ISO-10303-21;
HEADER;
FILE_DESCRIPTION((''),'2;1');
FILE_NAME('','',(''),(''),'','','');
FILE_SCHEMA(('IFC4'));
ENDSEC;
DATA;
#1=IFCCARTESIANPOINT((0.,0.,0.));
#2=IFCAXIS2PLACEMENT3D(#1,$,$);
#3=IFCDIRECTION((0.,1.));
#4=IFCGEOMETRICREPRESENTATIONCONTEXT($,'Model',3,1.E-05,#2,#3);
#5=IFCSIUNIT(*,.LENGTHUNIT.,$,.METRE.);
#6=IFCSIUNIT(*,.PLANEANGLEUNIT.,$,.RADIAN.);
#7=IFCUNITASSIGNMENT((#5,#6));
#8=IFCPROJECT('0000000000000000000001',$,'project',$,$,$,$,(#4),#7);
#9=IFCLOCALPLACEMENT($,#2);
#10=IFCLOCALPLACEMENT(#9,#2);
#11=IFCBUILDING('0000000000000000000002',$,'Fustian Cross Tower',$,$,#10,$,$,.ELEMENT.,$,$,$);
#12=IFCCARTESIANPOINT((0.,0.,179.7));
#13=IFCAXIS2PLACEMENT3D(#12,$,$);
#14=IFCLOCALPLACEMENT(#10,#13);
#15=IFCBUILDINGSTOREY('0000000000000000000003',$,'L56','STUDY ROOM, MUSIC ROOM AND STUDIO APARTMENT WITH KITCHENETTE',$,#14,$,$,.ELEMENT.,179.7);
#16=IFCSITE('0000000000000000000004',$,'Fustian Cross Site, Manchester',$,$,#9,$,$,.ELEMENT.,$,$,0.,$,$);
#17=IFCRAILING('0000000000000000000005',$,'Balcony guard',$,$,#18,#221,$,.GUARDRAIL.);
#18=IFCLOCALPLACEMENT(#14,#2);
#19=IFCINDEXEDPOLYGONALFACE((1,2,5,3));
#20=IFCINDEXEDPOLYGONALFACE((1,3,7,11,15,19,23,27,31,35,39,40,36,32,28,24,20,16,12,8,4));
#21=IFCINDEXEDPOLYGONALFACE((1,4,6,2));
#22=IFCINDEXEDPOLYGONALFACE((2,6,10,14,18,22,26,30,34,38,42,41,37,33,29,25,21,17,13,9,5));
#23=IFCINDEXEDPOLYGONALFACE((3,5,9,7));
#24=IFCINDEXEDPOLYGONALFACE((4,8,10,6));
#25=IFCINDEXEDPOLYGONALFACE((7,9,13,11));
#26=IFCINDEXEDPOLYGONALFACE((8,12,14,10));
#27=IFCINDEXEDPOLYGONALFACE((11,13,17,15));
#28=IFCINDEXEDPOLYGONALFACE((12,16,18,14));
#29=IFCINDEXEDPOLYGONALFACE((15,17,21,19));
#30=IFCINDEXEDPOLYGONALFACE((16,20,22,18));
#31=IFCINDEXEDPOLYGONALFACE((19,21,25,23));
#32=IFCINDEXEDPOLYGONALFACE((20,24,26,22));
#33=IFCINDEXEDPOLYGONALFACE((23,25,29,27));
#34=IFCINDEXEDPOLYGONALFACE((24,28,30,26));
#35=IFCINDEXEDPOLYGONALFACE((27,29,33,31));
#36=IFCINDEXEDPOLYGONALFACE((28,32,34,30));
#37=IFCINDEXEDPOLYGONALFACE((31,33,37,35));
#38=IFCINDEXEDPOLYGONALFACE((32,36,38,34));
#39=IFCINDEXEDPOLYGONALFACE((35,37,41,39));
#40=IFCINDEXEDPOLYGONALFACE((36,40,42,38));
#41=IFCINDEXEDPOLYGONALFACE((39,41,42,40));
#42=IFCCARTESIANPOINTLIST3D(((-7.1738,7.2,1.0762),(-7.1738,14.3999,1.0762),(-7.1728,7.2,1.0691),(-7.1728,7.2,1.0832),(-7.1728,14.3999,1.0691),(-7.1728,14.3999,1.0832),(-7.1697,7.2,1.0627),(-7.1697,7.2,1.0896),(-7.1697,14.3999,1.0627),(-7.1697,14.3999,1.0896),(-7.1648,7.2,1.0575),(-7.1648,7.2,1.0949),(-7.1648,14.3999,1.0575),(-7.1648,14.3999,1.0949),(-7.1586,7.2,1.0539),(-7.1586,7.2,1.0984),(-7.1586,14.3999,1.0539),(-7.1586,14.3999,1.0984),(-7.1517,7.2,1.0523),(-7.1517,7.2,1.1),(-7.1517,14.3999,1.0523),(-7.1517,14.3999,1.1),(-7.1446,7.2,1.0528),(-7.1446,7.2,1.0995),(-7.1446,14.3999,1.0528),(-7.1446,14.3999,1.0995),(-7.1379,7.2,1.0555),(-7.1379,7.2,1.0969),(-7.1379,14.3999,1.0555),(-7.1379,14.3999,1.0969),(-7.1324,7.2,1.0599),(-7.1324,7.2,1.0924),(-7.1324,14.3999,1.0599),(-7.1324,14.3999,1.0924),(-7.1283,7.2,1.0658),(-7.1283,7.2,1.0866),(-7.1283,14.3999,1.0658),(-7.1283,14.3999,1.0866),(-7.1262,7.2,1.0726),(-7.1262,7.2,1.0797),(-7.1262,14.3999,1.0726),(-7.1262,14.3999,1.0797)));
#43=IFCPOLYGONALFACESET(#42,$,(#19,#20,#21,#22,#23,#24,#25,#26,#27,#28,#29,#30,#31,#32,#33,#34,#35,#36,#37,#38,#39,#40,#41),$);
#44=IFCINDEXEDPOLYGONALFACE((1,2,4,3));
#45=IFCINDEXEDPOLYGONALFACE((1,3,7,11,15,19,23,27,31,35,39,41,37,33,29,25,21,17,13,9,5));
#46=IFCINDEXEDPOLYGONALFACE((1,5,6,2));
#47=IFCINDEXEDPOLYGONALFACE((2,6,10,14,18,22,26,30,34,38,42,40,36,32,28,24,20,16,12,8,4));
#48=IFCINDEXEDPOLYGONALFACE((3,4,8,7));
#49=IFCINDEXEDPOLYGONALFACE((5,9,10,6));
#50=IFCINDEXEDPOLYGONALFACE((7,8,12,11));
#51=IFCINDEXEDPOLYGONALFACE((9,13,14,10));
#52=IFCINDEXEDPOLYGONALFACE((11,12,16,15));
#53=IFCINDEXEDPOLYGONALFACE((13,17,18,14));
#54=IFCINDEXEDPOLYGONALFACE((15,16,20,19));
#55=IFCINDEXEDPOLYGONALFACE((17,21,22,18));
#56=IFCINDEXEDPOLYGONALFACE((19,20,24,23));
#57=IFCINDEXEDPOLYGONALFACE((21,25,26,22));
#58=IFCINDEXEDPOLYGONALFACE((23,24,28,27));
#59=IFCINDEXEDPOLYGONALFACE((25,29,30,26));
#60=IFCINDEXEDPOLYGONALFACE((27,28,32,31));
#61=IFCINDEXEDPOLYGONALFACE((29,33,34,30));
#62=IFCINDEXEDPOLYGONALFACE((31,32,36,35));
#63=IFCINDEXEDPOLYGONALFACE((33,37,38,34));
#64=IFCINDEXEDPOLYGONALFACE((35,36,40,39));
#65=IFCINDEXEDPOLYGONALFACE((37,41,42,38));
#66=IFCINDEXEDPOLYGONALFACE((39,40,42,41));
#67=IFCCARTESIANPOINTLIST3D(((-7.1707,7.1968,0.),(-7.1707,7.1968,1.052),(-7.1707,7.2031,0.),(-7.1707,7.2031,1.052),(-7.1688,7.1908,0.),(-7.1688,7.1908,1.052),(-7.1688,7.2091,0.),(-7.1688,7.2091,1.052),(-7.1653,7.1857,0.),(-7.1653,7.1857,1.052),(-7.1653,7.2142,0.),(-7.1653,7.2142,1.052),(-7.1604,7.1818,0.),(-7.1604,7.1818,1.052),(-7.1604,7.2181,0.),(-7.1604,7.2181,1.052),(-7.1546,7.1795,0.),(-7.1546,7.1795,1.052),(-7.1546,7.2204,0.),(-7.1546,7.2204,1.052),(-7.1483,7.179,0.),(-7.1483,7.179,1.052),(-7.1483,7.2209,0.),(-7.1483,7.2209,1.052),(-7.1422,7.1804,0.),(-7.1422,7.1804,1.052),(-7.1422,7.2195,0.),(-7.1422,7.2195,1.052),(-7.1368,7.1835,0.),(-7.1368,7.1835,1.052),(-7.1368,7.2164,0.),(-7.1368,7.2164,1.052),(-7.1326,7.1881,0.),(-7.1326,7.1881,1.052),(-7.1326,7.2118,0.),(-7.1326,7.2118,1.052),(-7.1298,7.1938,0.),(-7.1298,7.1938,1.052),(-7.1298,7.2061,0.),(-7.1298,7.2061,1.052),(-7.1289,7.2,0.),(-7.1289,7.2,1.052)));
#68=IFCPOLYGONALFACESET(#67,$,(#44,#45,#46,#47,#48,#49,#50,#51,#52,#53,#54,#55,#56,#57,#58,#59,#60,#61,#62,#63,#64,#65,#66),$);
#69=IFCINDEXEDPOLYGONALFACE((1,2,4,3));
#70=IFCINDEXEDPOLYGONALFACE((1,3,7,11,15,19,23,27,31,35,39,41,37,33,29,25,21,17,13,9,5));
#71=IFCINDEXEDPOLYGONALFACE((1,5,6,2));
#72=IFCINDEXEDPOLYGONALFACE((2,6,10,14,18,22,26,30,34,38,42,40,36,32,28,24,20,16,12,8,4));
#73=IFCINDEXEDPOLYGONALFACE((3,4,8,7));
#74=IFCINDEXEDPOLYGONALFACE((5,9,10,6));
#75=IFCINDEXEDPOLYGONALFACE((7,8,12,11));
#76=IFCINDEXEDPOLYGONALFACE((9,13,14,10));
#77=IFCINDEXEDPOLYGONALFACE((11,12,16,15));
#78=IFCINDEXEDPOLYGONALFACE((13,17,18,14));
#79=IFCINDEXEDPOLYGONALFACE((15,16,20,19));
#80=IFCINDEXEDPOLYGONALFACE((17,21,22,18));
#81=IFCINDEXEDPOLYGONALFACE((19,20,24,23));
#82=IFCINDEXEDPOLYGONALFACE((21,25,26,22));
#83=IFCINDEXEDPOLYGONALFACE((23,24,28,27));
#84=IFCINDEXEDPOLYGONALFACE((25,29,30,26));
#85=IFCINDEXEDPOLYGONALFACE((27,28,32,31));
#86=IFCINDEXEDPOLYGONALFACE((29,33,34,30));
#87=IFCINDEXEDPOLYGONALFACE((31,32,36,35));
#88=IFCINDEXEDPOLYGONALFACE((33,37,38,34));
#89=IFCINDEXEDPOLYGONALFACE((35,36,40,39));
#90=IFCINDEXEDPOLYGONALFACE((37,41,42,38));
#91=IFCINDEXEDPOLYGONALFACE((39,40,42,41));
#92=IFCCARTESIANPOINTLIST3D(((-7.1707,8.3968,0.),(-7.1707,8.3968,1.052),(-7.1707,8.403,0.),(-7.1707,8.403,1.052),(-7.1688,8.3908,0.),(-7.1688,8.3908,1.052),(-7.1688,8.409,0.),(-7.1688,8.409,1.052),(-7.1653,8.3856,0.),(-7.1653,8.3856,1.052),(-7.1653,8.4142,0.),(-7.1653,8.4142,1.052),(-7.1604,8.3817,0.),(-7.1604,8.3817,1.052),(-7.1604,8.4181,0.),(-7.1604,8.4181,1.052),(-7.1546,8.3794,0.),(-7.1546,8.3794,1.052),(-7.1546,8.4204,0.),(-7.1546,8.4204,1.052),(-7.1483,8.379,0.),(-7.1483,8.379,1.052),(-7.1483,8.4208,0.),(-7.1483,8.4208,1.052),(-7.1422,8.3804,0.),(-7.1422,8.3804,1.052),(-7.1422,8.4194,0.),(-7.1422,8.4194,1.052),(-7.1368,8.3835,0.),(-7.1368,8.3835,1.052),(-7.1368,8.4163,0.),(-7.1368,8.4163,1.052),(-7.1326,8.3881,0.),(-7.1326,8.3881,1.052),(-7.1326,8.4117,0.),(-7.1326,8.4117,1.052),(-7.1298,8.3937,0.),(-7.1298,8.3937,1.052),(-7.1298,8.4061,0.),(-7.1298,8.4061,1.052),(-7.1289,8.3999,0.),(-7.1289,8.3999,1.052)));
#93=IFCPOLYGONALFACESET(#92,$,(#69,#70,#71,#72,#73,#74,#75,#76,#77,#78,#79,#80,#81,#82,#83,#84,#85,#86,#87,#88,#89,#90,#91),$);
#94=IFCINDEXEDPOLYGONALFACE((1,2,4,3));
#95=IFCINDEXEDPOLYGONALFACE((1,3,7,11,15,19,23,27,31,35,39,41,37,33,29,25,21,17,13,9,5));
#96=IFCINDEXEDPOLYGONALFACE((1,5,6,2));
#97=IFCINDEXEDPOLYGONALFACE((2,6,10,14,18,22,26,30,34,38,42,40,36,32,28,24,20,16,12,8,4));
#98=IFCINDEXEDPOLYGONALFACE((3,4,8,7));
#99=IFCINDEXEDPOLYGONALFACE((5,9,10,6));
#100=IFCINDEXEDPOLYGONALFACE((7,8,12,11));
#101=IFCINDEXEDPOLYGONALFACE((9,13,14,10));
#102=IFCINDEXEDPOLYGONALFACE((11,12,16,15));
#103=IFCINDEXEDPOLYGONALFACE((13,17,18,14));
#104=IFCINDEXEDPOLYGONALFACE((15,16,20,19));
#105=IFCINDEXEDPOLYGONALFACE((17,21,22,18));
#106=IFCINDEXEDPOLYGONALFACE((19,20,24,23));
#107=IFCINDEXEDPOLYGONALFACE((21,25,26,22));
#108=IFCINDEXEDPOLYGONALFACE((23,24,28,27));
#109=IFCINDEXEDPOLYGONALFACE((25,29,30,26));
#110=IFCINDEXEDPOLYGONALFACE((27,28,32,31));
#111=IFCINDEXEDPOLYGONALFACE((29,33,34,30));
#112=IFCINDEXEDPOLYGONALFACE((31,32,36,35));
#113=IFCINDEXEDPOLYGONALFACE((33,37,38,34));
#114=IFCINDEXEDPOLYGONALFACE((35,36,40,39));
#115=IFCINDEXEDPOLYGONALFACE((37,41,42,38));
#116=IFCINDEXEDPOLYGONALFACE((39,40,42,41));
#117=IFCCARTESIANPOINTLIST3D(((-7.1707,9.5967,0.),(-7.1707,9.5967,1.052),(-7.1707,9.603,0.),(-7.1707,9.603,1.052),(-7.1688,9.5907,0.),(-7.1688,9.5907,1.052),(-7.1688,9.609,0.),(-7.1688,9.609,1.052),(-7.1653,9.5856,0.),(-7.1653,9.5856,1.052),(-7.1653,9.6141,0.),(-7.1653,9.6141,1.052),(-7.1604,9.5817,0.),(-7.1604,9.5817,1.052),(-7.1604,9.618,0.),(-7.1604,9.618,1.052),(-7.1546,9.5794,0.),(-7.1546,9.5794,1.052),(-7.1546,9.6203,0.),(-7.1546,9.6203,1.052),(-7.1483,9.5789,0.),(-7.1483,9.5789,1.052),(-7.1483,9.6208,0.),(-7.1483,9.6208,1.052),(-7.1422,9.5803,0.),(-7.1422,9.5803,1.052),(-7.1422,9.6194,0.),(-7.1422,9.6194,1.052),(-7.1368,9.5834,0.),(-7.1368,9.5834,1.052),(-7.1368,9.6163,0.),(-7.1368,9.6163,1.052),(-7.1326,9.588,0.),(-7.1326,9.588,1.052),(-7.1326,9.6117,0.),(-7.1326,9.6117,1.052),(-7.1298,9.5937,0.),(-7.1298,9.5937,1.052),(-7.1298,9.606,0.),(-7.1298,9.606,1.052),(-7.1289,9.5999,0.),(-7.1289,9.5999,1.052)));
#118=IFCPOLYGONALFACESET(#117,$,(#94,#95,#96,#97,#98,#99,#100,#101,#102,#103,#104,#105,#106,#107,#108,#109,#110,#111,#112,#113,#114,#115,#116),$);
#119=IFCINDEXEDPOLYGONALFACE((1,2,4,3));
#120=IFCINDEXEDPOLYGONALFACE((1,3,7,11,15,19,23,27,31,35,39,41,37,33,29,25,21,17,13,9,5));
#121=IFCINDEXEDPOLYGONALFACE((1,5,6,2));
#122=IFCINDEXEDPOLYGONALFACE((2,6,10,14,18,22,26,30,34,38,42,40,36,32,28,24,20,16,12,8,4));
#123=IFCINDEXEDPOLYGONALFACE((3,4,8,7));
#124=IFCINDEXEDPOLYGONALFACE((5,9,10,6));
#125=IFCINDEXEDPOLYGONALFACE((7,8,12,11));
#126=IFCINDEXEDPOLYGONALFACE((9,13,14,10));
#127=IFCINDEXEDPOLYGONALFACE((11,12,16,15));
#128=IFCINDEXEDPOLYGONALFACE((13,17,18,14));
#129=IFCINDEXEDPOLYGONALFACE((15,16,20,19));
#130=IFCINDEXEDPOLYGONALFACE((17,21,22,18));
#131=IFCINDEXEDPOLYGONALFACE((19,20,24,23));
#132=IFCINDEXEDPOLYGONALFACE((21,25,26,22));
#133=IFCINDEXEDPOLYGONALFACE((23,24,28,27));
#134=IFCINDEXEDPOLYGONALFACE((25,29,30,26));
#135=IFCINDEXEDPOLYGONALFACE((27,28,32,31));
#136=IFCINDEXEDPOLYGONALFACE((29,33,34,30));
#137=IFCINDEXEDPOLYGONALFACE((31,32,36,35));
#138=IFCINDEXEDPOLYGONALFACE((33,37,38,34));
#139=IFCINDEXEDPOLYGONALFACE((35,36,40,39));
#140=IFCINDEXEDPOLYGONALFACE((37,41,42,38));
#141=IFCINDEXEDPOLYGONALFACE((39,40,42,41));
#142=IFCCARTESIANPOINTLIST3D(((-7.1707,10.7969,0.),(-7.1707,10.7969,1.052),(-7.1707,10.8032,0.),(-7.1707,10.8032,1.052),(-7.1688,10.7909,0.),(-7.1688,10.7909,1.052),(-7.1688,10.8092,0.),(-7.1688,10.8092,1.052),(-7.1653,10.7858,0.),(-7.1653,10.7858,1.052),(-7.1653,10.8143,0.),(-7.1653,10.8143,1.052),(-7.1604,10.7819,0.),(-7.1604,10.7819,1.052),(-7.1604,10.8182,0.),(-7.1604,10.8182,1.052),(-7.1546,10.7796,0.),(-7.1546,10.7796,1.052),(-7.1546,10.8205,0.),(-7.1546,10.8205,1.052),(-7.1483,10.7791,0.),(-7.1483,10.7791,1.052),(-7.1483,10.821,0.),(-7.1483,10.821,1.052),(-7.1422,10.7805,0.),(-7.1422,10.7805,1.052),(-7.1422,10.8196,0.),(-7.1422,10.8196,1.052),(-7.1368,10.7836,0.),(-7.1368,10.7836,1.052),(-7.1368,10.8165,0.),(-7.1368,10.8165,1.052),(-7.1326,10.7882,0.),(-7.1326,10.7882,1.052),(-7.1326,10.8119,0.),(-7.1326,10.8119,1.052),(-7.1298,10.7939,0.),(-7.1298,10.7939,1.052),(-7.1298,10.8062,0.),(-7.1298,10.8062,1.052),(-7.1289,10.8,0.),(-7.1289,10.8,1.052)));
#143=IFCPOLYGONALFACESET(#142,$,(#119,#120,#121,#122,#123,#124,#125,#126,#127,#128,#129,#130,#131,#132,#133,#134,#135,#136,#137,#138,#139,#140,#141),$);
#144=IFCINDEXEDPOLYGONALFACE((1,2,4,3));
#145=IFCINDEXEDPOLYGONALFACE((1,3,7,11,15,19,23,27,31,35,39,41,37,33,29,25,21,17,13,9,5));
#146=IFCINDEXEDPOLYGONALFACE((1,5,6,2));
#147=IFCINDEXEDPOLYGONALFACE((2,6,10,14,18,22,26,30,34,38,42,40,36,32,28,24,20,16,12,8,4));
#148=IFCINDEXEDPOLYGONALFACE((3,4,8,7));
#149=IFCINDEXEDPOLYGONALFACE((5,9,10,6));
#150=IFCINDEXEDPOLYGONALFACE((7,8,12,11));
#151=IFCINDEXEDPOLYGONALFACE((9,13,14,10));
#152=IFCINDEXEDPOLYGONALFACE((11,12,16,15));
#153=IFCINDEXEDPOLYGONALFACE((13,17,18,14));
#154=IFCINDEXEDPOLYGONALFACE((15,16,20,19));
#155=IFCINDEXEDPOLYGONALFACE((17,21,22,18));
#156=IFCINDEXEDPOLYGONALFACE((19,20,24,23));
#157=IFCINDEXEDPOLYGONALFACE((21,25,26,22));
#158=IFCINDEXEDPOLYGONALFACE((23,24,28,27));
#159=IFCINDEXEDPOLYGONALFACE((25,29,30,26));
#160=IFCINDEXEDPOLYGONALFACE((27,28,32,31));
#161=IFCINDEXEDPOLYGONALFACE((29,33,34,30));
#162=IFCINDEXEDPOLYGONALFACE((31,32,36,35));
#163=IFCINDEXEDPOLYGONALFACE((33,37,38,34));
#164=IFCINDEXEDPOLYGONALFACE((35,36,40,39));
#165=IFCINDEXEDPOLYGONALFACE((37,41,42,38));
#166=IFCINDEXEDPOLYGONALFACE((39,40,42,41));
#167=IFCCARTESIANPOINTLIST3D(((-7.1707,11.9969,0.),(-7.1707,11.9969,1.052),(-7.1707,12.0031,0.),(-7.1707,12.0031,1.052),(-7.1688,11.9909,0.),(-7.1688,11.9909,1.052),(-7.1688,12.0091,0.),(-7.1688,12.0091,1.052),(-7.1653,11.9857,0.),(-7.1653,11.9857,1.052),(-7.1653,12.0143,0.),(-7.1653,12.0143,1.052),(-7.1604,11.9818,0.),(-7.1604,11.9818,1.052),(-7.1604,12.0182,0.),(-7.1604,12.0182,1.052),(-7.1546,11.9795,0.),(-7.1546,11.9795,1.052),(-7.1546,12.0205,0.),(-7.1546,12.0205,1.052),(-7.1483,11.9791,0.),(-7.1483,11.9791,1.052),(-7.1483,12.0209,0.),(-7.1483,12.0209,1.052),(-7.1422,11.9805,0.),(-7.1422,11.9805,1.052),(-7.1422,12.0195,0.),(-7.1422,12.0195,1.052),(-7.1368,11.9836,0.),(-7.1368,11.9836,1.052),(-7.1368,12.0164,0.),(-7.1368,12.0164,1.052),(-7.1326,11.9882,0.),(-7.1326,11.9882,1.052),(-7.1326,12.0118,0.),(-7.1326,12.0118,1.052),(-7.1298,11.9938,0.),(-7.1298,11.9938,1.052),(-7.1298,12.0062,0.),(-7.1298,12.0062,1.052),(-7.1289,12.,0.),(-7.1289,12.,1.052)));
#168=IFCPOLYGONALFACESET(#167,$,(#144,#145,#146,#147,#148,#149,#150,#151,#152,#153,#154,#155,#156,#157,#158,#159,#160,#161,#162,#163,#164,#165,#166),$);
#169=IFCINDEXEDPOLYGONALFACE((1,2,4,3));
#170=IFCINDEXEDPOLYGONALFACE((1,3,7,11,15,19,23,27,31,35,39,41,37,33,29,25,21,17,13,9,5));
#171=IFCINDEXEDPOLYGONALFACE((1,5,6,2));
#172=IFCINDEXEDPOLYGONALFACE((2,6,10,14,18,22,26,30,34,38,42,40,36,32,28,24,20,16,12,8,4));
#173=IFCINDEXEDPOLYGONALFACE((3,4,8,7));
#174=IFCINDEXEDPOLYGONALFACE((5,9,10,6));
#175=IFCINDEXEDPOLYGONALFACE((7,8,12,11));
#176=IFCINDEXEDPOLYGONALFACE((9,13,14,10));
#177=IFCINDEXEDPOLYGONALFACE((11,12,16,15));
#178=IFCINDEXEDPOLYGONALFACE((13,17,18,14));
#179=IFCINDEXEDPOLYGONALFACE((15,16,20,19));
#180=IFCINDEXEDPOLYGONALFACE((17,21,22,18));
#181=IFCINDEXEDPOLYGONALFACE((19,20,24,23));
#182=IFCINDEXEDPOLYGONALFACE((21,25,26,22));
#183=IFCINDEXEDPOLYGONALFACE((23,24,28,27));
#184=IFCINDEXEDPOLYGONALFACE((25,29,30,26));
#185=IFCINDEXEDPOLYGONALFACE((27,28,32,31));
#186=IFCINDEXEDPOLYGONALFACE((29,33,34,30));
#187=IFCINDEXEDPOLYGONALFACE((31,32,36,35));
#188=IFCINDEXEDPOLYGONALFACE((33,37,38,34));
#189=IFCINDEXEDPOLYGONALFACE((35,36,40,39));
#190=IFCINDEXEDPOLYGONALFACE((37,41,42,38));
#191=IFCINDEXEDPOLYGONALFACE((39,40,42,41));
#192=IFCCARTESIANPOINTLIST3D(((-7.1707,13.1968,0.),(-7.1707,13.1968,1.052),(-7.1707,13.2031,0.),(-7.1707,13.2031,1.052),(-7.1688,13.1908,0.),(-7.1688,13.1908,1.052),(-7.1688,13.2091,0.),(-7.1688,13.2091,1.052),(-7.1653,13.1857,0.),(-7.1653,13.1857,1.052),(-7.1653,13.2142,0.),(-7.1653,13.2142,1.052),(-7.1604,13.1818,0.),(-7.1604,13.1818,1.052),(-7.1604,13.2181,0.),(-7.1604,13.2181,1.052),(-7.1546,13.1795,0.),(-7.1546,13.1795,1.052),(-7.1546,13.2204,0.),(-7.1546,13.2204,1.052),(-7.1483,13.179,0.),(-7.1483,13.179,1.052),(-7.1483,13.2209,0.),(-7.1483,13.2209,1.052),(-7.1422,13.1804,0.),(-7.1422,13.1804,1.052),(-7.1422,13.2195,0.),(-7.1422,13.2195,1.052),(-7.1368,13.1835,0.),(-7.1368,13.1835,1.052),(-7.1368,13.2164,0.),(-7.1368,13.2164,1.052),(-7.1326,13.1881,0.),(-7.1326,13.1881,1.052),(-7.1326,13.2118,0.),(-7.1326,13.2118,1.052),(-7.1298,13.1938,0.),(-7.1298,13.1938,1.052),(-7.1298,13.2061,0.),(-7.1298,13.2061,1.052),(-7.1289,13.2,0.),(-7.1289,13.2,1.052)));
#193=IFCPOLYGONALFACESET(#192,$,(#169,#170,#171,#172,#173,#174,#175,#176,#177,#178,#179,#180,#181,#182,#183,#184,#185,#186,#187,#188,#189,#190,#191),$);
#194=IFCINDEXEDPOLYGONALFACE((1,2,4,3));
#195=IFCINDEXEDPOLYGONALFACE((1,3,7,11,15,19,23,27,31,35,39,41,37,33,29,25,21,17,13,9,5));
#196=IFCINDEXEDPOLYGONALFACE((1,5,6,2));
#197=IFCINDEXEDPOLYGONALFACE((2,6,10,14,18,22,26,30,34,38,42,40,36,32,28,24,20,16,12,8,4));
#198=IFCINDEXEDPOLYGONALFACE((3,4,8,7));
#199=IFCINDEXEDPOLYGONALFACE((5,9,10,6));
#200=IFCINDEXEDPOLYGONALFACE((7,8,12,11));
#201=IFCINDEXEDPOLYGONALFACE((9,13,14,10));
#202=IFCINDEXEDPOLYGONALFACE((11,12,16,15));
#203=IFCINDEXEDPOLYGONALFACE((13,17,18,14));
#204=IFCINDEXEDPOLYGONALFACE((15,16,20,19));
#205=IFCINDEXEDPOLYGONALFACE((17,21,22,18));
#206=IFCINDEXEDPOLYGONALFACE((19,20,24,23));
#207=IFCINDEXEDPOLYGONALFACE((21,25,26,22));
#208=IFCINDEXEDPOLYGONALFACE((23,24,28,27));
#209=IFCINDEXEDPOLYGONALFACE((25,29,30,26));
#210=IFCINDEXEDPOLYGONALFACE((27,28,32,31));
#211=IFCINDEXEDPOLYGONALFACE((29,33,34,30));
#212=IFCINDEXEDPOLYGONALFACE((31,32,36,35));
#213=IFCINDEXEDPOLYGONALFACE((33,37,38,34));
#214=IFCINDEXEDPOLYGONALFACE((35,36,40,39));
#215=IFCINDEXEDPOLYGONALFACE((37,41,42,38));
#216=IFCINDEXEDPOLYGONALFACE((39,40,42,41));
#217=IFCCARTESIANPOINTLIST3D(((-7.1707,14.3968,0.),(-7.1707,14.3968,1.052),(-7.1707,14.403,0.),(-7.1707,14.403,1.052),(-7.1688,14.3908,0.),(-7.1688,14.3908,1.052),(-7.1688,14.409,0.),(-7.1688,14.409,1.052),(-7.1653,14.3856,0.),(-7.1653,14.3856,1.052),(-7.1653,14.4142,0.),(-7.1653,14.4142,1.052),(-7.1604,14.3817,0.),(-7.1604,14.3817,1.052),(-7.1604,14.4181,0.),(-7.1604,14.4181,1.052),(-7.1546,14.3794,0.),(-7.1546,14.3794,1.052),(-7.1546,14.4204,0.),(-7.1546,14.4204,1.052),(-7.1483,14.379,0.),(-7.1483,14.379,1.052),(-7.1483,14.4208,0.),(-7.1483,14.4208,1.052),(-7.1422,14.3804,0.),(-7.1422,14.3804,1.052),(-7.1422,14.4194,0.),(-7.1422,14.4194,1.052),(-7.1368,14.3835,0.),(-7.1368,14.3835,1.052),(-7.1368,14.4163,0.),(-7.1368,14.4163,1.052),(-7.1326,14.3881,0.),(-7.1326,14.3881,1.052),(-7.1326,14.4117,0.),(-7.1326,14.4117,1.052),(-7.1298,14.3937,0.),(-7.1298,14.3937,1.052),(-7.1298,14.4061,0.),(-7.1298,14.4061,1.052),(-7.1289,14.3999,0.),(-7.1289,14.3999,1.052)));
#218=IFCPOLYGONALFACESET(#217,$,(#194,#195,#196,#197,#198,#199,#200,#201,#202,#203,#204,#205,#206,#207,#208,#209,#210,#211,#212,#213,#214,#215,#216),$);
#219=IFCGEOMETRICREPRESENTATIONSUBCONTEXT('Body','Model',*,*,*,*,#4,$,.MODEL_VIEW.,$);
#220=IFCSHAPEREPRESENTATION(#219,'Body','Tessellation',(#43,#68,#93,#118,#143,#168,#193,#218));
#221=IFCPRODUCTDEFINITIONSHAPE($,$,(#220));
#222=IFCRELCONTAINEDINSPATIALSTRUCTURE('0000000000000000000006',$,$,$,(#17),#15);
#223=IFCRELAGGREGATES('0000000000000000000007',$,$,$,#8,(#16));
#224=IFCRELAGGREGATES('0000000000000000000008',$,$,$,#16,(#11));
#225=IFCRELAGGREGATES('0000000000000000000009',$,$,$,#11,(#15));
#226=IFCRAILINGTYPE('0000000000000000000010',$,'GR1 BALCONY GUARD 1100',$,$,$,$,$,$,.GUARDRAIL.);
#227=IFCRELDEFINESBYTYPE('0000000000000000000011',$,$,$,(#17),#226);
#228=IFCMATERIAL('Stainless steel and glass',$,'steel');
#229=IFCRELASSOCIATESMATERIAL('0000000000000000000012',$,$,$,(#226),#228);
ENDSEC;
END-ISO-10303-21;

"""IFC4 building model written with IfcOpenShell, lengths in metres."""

from ifc_helpers import new_model, si_unit, direction, frame, origin, origin_2d, place, context, subcontext, project, spatial, circle, extrude, material, type_object, element, save


model = new_model("IFC4")

# Units and contexts
model_context = context("Model", 3, precision=1e-05, world=origin(), true_north=direction((0.0, 1.0)))
body_context = subcontext(model_context, "Body", "Model", "MODEL_VIEW")
ifc_project = project(units=[si_unit("LENGTHUNIT", "METRE"), si_unit("PLANEANGLEUNIT", "RADIAN")], contexts=[model_context])

# Site, building, storey
site_placement = place(None, origin())
site = spatial("IfcSite", under=ifc_project, at=site_placement, Name="Fustian Cross Site, Manchester", CompositionType="ELEMENT", RefElevation=0.0)
building_placement = place(site_placement, origin())
building = spatial("IfcBuilding", under=site, at=building_placement, Name="Fustian Cross Tower", CompositionType="ELEMENT")
storey_placement = place(building_placement, frame((0.0, 0.0, 179.7)))
storey = spatial("IfcBuildingStorey", under=building, at=storey_placement, Name="L56", Description="STUDY ROOM, MUSIC ROOM AND STUDIO APARTMENT WITH KITCHENETTE", CompositionType="ELEMENT", Elevation=179.7)

# Railing
ifc_material_1 = material(Name="Stainless steel and glass", Category="steel")
railing_type = type_object("IfcRailingType", Name="GR1 BALCONY GUARD 1100", PredefinedType="GUARDRAIL", material=ifc_material_1)
railing_placement = place(storey_placement, frame((-7.1499, 7.2, 0.0)))
element("IfcRailing", 1, at=railing_placement, inside=storey, type_object=railing_type, Name="Balcony guard", PredefinedType="GUARDRAIL", context=body_context, shape_type="SweptSolid", body=[
    extrude(circle(Radius=0.0239, at=origin_2d()), frame((0.0, 0.0, 1.0762), z_axis=(0.0, 1.0, 0.0), x_axis=(-1.0, 0.0, 0.0)), (0.0, 0.0, 1.0), 7.2),
    extrude(circle(Radius=0.021, at=origin_2d()), origin(), (0.0, 0.0, 1.0), 1.052),
    extrude(circle(Radius=0.021, at=origin_2d()), frame((0.0, 1.2, 0.0)), (0.0, 0.0, 1.0), 1.052),
    extrude(circle(Radius=0.021, at=origin_2d()), frame((0.0, 2.3999, 0.0)), (0.0, 0.0, 1.0), 1.052),
    extrude(circle(Radius=0.021, at=origin_2d()), frame((0.0, 3.6001, 0.0)), (0.0, 0.0, 1.0), 1.052),
    extrude(circle(Radius=0.021, at=origin_2d()), frame((0.0, 4.8, 0.0)), (0.0, 0.0, 1.0), 1.052),
    extrude(circle(Radius=0.021, at=origin_2d()), frame((0.0, 6.0, 0.0)), (0.0, 0.0, 1.0), 1.052),
    extrude(circle(Radius=0.021, at=origin_2d()), frame((0.0, 7.2, 0.0)), (0.0, 0.0, 1.0), 1.052),
])

save(model, "model.ifc")
